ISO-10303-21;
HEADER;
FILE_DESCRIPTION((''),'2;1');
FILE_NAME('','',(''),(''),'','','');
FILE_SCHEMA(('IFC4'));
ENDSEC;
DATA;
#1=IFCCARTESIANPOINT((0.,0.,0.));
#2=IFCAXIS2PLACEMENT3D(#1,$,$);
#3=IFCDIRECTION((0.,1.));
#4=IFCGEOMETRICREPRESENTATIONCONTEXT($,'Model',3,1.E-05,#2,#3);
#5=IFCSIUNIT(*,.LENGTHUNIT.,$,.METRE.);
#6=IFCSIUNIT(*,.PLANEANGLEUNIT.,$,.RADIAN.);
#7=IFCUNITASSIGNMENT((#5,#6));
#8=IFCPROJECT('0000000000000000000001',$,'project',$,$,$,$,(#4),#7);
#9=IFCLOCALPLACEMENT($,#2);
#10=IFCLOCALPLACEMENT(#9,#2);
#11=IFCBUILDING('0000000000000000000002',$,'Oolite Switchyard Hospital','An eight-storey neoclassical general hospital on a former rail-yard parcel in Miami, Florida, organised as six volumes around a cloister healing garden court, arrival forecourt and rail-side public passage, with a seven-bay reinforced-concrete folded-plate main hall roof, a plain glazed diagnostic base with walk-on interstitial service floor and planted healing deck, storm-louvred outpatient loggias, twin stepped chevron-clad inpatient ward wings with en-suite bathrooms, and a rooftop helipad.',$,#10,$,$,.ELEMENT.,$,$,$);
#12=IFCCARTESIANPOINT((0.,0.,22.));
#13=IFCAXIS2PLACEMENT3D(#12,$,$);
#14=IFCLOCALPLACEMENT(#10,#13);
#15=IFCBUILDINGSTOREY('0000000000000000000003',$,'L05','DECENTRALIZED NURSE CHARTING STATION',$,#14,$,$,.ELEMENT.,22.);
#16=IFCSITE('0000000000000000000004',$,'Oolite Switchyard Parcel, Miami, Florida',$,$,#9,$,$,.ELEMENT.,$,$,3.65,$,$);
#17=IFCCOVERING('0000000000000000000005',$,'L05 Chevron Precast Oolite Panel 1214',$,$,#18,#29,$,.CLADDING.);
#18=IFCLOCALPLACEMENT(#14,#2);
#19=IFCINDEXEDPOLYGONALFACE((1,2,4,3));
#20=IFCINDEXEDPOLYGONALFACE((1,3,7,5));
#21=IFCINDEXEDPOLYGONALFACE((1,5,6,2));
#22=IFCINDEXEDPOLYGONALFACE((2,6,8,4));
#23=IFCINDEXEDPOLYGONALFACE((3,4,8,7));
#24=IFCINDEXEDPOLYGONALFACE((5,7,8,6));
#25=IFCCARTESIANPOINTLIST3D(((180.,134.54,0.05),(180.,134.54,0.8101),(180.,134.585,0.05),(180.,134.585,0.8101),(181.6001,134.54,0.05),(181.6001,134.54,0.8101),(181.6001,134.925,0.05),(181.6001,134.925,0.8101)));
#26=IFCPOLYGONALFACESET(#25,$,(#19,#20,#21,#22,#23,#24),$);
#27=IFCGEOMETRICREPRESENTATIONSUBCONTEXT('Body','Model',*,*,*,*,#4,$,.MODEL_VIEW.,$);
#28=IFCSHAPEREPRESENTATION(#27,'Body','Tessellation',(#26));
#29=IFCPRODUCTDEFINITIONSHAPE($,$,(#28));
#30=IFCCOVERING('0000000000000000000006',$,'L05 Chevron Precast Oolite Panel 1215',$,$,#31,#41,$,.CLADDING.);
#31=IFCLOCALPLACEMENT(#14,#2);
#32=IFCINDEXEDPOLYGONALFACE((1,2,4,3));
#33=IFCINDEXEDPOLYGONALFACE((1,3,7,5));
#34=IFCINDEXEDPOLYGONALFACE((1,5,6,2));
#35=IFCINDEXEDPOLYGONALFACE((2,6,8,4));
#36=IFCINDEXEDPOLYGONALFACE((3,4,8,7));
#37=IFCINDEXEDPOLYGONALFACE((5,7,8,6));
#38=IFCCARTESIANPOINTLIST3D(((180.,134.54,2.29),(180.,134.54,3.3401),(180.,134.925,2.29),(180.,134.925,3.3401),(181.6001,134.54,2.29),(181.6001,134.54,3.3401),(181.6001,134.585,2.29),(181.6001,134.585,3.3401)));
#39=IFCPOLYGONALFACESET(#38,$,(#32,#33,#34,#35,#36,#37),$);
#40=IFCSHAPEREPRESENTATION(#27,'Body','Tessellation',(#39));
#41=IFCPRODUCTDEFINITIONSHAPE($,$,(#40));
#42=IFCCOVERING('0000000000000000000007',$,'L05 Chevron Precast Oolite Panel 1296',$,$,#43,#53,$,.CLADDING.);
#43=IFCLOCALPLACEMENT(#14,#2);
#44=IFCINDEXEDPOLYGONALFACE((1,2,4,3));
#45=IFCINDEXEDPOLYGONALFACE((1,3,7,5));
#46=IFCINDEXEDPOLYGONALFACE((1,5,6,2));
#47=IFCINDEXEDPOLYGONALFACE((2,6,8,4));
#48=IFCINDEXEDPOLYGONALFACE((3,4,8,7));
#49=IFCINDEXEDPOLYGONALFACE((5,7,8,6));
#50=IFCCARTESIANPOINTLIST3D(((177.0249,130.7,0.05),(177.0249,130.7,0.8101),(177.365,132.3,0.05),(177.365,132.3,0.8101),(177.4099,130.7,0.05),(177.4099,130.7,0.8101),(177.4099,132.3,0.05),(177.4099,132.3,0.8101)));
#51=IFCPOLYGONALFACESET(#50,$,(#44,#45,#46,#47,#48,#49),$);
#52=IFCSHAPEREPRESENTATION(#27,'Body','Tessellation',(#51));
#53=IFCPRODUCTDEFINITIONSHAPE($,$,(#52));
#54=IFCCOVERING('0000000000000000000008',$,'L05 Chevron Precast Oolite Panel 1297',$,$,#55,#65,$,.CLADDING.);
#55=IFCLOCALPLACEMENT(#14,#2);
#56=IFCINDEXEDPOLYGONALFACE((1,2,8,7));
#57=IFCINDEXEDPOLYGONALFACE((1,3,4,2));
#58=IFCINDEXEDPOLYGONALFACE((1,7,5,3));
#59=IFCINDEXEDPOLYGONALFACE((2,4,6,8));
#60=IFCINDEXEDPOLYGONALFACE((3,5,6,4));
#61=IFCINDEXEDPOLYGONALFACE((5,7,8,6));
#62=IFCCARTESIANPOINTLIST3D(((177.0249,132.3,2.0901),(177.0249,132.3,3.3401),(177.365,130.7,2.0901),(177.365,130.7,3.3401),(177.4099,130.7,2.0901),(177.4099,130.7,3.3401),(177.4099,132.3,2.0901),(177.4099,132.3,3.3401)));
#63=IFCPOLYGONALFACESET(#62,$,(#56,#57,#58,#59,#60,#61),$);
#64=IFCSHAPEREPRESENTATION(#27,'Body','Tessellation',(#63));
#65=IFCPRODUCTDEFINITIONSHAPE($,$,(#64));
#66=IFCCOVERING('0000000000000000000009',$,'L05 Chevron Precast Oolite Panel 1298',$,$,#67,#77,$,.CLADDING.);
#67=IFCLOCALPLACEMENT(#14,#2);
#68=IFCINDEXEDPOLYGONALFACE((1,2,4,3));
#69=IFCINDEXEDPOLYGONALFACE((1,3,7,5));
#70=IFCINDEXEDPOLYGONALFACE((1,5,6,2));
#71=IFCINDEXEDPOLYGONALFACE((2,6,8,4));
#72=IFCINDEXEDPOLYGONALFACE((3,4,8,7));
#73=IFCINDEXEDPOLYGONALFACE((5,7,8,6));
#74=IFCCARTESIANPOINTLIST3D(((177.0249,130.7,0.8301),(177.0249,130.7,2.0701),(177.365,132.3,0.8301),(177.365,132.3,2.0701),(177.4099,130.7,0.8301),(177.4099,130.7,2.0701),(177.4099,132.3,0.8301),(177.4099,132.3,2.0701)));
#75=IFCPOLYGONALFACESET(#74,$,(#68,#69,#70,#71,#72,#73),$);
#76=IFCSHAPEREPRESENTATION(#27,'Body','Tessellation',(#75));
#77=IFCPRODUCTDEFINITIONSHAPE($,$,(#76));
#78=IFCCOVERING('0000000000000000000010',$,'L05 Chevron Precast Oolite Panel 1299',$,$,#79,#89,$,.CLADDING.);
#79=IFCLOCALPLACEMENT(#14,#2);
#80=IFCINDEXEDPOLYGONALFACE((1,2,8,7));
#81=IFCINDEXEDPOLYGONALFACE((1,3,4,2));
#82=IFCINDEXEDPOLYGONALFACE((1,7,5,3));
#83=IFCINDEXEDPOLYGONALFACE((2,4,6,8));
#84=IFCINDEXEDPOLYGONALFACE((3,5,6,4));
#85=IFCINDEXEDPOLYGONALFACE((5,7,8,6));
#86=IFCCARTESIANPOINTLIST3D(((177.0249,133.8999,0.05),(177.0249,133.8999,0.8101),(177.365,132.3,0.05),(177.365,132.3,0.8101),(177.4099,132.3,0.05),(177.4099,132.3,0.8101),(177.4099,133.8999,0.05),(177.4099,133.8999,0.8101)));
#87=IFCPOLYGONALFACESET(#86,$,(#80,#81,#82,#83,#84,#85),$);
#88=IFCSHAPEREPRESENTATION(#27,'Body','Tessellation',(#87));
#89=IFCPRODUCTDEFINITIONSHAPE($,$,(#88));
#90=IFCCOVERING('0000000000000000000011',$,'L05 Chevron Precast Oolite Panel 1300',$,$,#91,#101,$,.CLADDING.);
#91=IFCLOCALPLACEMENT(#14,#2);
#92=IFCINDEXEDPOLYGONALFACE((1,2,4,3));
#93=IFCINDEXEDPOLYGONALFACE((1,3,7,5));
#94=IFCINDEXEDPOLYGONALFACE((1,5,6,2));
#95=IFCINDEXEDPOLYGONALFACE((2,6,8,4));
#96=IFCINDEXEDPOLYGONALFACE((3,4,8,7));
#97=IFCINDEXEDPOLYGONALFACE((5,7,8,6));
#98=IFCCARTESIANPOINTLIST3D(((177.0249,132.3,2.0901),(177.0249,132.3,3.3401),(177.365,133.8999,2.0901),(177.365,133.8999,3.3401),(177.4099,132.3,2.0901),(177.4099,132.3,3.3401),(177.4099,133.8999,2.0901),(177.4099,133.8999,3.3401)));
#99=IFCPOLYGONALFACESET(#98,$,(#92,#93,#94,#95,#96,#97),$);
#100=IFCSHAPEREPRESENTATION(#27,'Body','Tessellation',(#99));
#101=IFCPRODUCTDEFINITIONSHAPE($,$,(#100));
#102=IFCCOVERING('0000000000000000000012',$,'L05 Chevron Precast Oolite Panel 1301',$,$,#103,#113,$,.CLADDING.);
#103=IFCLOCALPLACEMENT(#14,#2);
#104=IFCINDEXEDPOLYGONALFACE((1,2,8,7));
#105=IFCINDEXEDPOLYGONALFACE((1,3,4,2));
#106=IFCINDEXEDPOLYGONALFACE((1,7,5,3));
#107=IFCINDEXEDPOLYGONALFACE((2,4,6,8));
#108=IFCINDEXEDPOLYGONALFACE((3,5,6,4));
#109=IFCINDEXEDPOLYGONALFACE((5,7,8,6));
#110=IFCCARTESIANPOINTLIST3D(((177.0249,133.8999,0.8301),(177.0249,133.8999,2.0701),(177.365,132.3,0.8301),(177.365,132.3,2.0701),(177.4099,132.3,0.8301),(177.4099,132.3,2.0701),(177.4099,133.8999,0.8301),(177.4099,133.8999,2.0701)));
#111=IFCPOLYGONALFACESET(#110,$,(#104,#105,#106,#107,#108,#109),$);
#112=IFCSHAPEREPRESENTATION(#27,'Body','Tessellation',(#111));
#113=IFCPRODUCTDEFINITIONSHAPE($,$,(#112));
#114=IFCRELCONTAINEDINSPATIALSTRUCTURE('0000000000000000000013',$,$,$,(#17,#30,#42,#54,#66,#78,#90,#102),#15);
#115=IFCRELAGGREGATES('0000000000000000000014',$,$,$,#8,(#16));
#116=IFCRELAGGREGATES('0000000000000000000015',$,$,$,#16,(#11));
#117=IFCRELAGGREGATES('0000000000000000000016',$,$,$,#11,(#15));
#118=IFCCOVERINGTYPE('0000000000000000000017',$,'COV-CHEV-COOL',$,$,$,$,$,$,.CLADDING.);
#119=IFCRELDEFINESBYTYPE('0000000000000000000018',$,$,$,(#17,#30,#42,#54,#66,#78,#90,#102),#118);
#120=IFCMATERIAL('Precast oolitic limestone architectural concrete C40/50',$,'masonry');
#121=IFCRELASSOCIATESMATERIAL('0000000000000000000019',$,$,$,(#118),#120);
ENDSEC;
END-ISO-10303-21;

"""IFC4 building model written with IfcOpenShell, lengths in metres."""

from ifc_helpers import new_model, si_unit, direction, frame, origin, place, context, subcontext, project, spatial, polyline, outline, extrude, material, type_object, element, save


model = new_model("IFC4")

# Units and contexts
model_context = context("Model", 3, precision=1e-05, world=origin(), true_north=direction((0.0, 1.0)))
body_context = subcontext(model_context, "Body", "Model", "MODEL_VIEW")
ifc_project = project(units=[si_unit("LENGTHUNIT", "METRE"), si_unit("PLANEANGLEUNIT", "RADIAN")], contexts=[model_context])

# Site, building, storey
site_placement = place(None, origin())
site = spatial("IfcSite", under=ifc_project, at=site_placement, Name="Oolite Switchyard Parcel, Miami, Florida", CompositionType="ELEMENT", RefElevation=3.65)
building_placement = place(site_placement, origin())
building = spatial("IfcBuilding", under=site, at=building_placement, Name="Oolite Switchyard Hospital", Description="An eight-storey neoclassical general hospital on a former rail-yard parcel in Miami, Florida, organised as six volumes around a cloister healing garden court, arrival forecourt and rail-side public passage, with a seven-bay reinforced-concrete folded-plate main hall roof, a plain glazed diagnostic base with walk-on interstitial service floor and planted healing deck, storm-louvred outpatient loggias, twin stepped chevron-clad inpatient ward wings with en-suite bathrooms, and a rooftop helipad.", CompositionType="ELEMENT")
storey_placement = place(building_placement, frame((0.0, 0.0, 22.0)))
storey = spatial("IfcBuildingStorey", under=building, at=storey_placement, Name="L05", Description="DECENTRALIZED NURSE CHARTING STATION", CompositionType="ELEMENT", Elevation=22.0)

# Shared definitions
ifc_material_1 = material(Name="Precast oolitic limestone architectural concrete C40/50", Category="masonry")

# Coverings
covering_type = type_object("IfcCoveringType", Name="COV-CHEV-COOL", PredefinedType="CLADDING", material=ifc_material_1)
covering_1_placement = place(storey_placement, frame((180.0, 134.54, 0.05), z_axis=(0.0, 0.0, 1.0), x_axis=(1.0, 0.0, 0.0)))
element("IfcCovering", 1, at=covering_1_placement, inside=storey, type_object=covering_type, Name="L05 Chevron Precast Oolite Panel 1214", PredefinedType="CLADDING", context=body_context, shape_type="SweptSolid", body=[
    extrude(outline(polyline([(0.0, 0.0), (1.6001, 0.0), (1.6001, 0.385), (0.0, 0.0449), (0.0, 0.0)])), origin(), (0.0, 0.0, 1.0), 0.76),
])
covering_2_placement = place(storey_placement, frame((180.0, 134.54, 2.29), z_axis=(0.0, 0.0, 1.0), x_axis=(1.0, 0.0, 0.0)))
element("IfcCovering", 2, at=covering_2_placement, inside=storey, type_object=covering_type, Name="L05 Chevron Precast Oolite Panel 1215", PredefinedType="CLADDING", context=body_context, shape_type="SweptSolid", body=[
    extrude(outline(polyline([(0.0, 0.0), (1.6001, 0.0), (1.6001, 0.0449), (0.0, 0.385), (0.0, 0.0)])), origin(), (0.0, 0.0, 1.0), 1.05),
])
covering_3_placement = place(storey_placement, frame((177.4099, 130.7, 0.05), z_axis=(0.0, 0.0, 1.0), x_axis=(0.0, 1.0, 0.0)))
element("IfcCovering", 3, at=covering_3_placement, inside=storey, type_object=covering_type, Name="L05 Chevron Precast Oolite Panel 1296", PredefinedType="CLADDING", context=body_context, shape_type="SweptSolid", body=[
    extrude(outline(polyline([(0.0, 0.0), (1.6001, 0.0), (1.6001, 0.0449), (0.0, 0.385), (0.0, 0.0)])), origin(), (0.0, 0.0, 1.0), 0.76),
])
covering_4_placement = place(storey_placement, frame((177.4099, 130.7, 2.0901), z_axis=(0.0, 0.0, 1.0), x_axis=(0.0, 1.0, 0.0)))
element("IfcCovering", 4, at=covering_4_placement, inside=storey, type_object=covering_type, Name="L05 Chevron Precast Oolite Panel 1297", PredefinedType="CLADDING", context=body_context, shape_type="SweptSolid", body=[
    extrude(outline(polyline([(0.0, 0.0), (1.6001, 0.0), (1.6001, 0.385), (0.0, 0.0449), (0.0, 0.0)])), origin(), (0.0, 0.0, 1.0), 1.25),
])
covering_5_placement = place(storey_placement, frame((177.4099, 130.7, 0.8301), z_axis=(0.0, 0.0, 1.0), x_axis=(0.0, 1.0, 0.0)))
element("IfcCovering", 5, at=covering_5_placement, inside=storey, type_object=covering_type, Name="L05 Chevron Precast Oolite Panel 1298", PredefinedType="CLADDING", context=body_context, shape_type="SweptSolid", body=[
    extrude(outline(polyline([(0.0, 0.0), (1.6001, 0.0), (1.6001, 0.0449), (0.0, 0.385), (0.0, 0.0)])), origin(), (0.0, 0.0, 1.0), 1.24),
])
covering_6_placement = place(storey_placement, frame((177.4099, 132.3, 0.05), z_axis=(0.0, 0.0, 1.0), x_axis=(0.0, 1.0, 0.0)))
element("IfcCovering", 6, at=covering_6_placement, inside=storey, type_object=covering_type, Name="L05 Chevron Precast Oolite Panel 1299", PredefinedType="CLADDING", context=body_context, shape_type="SweptSolid", body=[
    extrude(outline(polyline([(0.0, 0.0), (1.5999, 0.0), (1.5999, 0.385), (0.0, 0.0449), (0.0, 0.0)])), origin(), (0.0, 0.0, 1.0), 0.76),
])
covering_7_placement = place(storey_placement, frame((177.4099, 132.3, 2.0901), z_axis=(0.0, 0.0, 1.0), x_axis=(0.0, 1.0, 0.0)))
element("IfcCovering", 7, at=covering_7_placement, inside=storey, type_object=covering_type, Name="L05 Chevron Precast Oolite Panel 1300", PredefinedType="CLADDING", context=body_context, shape_type="SweptSolid", body=[
    extrude(outline(polyline([(0.0, 0.0), (1.5999, 0.0), (1.5999, 0.0449), (0.0, 0.385), (0.0, 0.0)])), origin(), (0.0, 0.0, 1.0), 1.25),
])
covering_8_placement = place(storey_placement, frame((177.4099, 132.3, 0.8301), z_axis=(0.0, 0.0, 1.0), x_axis=(0.0, 1.0, 0.0)))
element("IfcCovering", 8, at=covering_8_placement, inside=storey, type_object=covering_type, Name="L05 Chevron Precast Oolite Panel 1301", PredefinedType="CLADDING", context=body_context, shape_type="SweptSolid", body=[
    extrude(outline(polyline([(0.0, 0.0), (1.5999, 0.0), (1.5999, 0.385), (0.0, 0.0449), (0.0, 0.0)])), origin(), (0.0, 0.0, 1.0), 1.24),
])

save(model, "model.ifc")
